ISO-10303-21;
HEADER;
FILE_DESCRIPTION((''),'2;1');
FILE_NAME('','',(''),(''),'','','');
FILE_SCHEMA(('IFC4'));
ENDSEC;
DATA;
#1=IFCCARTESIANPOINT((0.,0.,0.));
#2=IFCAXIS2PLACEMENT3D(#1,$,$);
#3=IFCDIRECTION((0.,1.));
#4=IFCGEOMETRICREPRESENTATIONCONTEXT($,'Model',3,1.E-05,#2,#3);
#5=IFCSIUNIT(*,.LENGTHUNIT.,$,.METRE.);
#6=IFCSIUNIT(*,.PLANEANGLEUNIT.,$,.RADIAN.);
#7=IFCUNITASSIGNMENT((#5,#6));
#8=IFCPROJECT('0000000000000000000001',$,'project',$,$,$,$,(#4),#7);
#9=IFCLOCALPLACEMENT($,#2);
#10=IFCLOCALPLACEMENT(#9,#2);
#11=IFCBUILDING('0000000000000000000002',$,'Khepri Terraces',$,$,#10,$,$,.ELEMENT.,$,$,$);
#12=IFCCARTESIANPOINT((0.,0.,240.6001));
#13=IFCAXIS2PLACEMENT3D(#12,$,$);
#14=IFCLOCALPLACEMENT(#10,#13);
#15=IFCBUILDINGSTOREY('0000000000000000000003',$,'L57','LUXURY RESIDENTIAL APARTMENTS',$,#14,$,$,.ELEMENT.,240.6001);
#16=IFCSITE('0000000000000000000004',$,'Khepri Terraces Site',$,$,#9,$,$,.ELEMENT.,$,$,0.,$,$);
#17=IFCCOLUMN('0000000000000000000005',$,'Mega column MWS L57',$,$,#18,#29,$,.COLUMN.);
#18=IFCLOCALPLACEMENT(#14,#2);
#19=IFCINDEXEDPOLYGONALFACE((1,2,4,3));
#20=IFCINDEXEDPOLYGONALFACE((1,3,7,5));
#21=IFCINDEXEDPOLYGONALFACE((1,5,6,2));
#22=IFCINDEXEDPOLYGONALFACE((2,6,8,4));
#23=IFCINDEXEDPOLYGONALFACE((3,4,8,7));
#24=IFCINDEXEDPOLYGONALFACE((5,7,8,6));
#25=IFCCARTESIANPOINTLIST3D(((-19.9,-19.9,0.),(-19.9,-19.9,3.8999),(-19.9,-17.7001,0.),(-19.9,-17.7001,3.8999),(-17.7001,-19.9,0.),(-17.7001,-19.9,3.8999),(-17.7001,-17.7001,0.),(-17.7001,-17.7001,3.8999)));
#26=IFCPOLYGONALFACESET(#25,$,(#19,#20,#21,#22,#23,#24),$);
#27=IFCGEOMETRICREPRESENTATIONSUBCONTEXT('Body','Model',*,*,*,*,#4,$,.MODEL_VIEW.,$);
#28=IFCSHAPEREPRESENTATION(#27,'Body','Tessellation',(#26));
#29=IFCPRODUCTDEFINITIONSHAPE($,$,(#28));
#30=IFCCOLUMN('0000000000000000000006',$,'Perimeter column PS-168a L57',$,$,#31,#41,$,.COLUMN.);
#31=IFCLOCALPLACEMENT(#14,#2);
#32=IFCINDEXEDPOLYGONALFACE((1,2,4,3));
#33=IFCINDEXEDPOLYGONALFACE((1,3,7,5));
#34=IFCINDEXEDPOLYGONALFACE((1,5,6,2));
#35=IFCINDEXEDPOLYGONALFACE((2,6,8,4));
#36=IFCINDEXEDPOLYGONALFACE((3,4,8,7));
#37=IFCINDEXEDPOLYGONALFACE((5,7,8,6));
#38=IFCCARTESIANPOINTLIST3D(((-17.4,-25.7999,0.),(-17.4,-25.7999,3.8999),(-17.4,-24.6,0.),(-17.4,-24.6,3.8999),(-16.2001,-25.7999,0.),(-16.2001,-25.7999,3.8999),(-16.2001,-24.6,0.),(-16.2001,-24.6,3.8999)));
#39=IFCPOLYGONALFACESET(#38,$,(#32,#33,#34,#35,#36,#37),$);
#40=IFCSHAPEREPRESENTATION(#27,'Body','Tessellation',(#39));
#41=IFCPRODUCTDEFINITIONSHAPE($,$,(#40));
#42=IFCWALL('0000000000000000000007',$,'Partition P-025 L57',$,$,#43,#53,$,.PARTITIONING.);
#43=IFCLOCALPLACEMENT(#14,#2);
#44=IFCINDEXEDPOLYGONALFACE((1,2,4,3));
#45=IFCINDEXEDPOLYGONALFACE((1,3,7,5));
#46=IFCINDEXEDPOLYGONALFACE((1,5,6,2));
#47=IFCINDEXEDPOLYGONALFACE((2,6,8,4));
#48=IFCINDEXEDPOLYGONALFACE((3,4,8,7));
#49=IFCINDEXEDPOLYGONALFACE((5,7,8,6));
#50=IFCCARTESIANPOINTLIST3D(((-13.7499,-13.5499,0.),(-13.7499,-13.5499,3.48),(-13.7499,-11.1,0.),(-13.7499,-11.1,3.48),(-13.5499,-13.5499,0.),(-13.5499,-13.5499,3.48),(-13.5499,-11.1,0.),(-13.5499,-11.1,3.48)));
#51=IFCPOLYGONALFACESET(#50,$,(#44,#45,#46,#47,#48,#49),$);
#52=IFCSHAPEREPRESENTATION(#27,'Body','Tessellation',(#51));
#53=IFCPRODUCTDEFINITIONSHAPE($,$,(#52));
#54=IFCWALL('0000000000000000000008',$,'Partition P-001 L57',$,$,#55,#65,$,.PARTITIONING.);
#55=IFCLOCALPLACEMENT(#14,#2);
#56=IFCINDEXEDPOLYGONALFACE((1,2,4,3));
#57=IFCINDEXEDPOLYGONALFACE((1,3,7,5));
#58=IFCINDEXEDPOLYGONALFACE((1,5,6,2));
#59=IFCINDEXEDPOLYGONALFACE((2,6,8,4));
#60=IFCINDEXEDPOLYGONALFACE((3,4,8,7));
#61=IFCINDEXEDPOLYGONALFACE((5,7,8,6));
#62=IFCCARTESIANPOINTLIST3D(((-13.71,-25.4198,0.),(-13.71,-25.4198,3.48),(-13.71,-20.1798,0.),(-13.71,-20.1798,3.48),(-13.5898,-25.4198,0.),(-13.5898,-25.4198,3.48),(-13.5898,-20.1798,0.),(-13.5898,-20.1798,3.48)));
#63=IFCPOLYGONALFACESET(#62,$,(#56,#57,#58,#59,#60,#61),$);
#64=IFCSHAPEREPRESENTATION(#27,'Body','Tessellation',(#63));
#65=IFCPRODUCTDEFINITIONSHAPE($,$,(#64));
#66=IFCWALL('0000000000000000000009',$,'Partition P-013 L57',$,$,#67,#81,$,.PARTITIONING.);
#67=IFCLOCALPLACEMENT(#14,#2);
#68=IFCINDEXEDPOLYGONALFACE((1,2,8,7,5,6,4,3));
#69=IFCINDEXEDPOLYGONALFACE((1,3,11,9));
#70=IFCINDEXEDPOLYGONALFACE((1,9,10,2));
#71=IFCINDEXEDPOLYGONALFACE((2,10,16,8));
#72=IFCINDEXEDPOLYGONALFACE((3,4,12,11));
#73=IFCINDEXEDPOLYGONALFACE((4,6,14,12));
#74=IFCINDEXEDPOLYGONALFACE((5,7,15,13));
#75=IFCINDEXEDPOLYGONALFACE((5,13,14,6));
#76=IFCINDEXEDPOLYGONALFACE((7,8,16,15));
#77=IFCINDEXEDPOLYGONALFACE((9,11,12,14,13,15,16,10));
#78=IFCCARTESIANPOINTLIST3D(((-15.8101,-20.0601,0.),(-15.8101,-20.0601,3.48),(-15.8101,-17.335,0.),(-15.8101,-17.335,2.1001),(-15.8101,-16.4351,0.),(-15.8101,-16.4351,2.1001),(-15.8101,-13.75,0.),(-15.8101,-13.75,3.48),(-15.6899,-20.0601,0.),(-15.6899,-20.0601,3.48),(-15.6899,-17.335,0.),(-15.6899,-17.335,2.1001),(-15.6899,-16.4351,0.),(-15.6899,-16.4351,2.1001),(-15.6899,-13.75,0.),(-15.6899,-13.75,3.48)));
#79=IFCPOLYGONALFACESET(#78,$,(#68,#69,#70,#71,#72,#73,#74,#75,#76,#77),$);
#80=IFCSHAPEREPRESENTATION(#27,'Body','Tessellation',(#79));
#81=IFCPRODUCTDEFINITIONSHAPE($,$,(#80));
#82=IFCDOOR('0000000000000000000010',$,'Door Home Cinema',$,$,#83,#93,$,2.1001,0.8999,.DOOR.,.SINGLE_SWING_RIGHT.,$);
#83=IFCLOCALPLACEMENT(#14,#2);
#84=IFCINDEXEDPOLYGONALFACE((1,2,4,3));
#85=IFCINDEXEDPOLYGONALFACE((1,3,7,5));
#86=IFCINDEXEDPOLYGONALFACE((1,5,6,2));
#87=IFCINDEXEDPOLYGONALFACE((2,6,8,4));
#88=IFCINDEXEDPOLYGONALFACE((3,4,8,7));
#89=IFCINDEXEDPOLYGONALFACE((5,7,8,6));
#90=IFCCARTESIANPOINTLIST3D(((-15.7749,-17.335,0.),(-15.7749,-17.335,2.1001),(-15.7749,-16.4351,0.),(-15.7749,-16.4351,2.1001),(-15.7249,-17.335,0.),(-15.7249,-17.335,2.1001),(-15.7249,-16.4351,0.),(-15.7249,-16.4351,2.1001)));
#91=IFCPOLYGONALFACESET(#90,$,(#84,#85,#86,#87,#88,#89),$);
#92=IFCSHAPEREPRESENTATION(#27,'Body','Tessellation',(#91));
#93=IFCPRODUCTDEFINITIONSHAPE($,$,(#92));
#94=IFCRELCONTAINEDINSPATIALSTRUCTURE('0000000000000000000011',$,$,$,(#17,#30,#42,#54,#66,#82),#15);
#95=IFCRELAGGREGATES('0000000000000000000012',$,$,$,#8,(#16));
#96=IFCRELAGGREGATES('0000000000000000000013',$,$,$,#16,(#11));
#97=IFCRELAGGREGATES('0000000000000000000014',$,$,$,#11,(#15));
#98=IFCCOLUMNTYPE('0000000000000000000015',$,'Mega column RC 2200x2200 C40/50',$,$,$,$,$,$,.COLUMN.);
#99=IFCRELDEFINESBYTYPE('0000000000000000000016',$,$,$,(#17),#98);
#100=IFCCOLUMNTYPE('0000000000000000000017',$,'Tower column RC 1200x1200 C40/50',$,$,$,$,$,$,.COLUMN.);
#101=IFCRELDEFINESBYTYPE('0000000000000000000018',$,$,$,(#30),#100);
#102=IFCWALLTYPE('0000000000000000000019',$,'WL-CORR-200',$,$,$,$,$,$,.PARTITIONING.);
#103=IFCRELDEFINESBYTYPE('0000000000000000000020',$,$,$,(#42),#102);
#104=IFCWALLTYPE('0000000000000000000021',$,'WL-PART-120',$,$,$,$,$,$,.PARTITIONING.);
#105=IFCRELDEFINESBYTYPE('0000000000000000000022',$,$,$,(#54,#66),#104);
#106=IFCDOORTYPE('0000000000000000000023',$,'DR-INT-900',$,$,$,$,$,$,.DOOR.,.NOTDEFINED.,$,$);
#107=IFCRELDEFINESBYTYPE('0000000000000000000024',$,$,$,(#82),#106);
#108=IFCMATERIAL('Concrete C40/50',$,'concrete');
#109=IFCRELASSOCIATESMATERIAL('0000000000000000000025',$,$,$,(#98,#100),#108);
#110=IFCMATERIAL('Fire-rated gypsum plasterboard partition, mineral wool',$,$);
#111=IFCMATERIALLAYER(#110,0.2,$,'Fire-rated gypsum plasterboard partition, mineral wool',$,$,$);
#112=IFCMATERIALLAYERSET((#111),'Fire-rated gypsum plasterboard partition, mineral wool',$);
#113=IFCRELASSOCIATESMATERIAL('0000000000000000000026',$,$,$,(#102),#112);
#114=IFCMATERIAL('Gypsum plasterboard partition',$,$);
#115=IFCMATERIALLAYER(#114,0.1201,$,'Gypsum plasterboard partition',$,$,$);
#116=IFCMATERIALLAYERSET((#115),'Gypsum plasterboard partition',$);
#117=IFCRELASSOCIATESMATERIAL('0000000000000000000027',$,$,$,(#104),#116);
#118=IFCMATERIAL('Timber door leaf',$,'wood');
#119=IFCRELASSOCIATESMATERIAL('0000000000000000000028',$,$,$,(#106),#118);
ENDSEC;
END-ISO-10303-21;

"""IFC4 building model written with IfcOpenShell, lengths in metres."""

from ifc_helpers import new_model, si_unit, direction, frame, frame_2d, origin, origin_2d, place, context, subcontext, project, spatial, rectangle, extrude, material, layer, layer_set, material_profile, profile_set, type_object, element, fill, save


model = new_model("IFC4")

# Units and contexts
model_context = context("Model", 3, precision=1e-05, world=origin(), true_north=direction((0.0, 1.0)))
body_context = subcontext(model_context, "Body", "Model", "MODEL_VIEW")
ifc_project = project(units=[si_unit("LENGTHUNIT", "METRE"), si_unit("PLANEANGLEUNIT", "RADIAN")], contexts=[model_context])

# Site, building, storey
site_placement = place(None, origin())
site = spatial("IfcSite", under=ifc_project, at=site_placement, Name="Khepri Terraces Site", CompositionType="ELEMENT", RefElevation=0.0)
building_placement = place(site_placement, origin())
building = spatial("IfcBuilding", under=site, at=building_placement, Name="Khepri Terraces", CompositionType="ELEMENT")
storey_placement = place(building_placement, frame((0.0, 0.0, 240.6001)))
storey = spatial("IfcBuildingStorey", under=building, at=storey_placement, Name="L57", Description="LUXURY RESIDENTIAL APARTMENTS", CompositionType="ELEMENT", Elevation=240.6001)

# Columns
ifc_material_1 = material(Name="Concrete C40/50", Category="concrete")
ifc_material_profile_1 = material_profile(ifc_material_1, rectangle(XDim=2.2, YDim=2.2, at=origin_2d()), Name="Concrete C40/50", Category="concrete")
ifc_profile_set_1 = profile_set([ifc_material_profile_1], Name="Concrete C40/50")
column_type_1 = type_object("IfcColumnType", Name="Mega column RC 2200x2200 C40/50", PredefinedType="COLUMN", material=ifc_profile_set_1)
column_1_placement = place(storey_placement, frame((-18.8, -18.8, 0.0), z_axis=(0.0, 0.0, 1.0), x_axis=(1.0, 0.0, 0.0)))
element("IfcColumn", 1, at=column_1_placement, inside=storey, type_object=column_type_1, Name="Mega column MWS L57", PredefinedType="COLUMN", context=body_context, shape_type="SweptSolid", body=[
    extrude(rectangle(XDim=2.2, YDim=2.2, at=origin_2d()), origin(), (0.0, 0.0, 1.0), 3.8999),
])
ifc_material_profile_2 = material_profile(ifc_material_1, rectangle(XDim=1.2, YDim=1.2, at=origin_2d()), Name="Concrete C40/50", Category="concrete")
ifc_profile_set_2 = profile_set([ifc_material_profile_2], Name="Concrete C40/50")
column_type_2 = type_object("IfcColumnType", Name="Tower column RC 1200x1200 C40/50", PredefinedType="COLUMN", material=ifc_profile_set_2)
column_2_placement = place(storey_placement, frame((-16.8, -25.2, 0.0), z_axis=(0.0, 0.0, 1.0), x_axis=(1.0, 0.0, 0.0)))
element("IfcColumn", 2, at=column_2_placement, inside=storey, type_object=column_type_2, Name="Perimeter column PS-168a L57", PredefinedType="COLUMN", context=body_context, shape_type="SweptSolid", body=[
    extrude(rectangle(XDim=1.2, YDim=1.2, at=origin_2d()), origin(), (0.0, 0.0, 1.0), 3.8999),
])

# Wall
ifc_material_2 = material(Name="Fire-rated gypsum plasterboard partition, mineral wool")
ifc_layer_1 = layer(ifc_material_2, 0.2, Name="Fire-rated gypsum plasterboard partition, mineral wool")
ifc_layer_set_1 = layer_set([ifc_layer_1], Name="Fire-rated gypsum plasterboard partition, mineral wool")
wall_type_1 = type_object("IfcWallType", Name="WL-CORR-200", PredefinedType="PARTITIONING", material=ifc_layer_set_1)
wall_1_placement = place(storey_placement, frame((-13.6499, -13.55, 0.0), z_axis=(0.0, 0.0, 1.0), x_axis=(0.0, 1.0, 0.0)))
element("IfcWall", 3, at=wall_1_placement, inside=storey, type_object=wall_type_1, Name="Partition P-025 L57", PredefinedType="PARTITIONING", context=body_context, shape_type="SweptSolid", body=[
    extrude(rectangle(XDim=2.45, YDim=0.2, at=frame_2d((1.2251, 0.0))), origin(), (0.0, 0.0, 1.0), 3.48),
])

# Wall
ifc_material_3 = material(Name="Gypsum plasterboard partition")
ifc_layer_2 = layer(ifc_material_3, 0.1201, Name="Gypsum plasterboard partition")
ifc_layer_set_2 = layer_set([ifc_layer_2], Name="Gypsum plasterboard partition")
wall_type_2 = type_object("IfcWallType", Name="WL-PART-120", PredefinedType="PARTITIONING", material=ifc_layer_set_2)
wall_2_placement = place(storey_placement, frame((-13.6499, -25.4199, 0.0), z_axis=(0.0, 0.0, 1.0), x_axis=(0.0, 1.0, 0.0)))
element("IfcWall", 4, at=wall_2_placement, inside=storey, type_object=wall_type_2, Name="Partition P-001 L57", PredefinedType="PARTITIONING", context=body_context, shape_type="SweptSolid", body=[
    extrude(rectangle(XDim=5.24, YDim=0.1201, at=frame_2d((2.6201, 0.0))), origin(), (0.0, 0.0, 1.0), 3.48),
])

# Wall, opening, door
wall_3_placement = place(storey_placement, frame((-15.75, -20.0601, 0.0), z_axis=(0.0, 0.0, 1.0), x_axis=(0.0, 1.0, 0.0)))
wall_3 = element("IfcWall", 5, at=wall_3_placement, inside=storey, type_object=wall_type_2, Name="Partition P-013 L57", PredefinedType="PARTITIONING", context=body_context, shape_type="SweptSolid", body=[
    extrude(rectangle(XDim=6.3101, YDim=0.1201, at=frame_2d((3.155, 0.0))), origin(), (0.0, 0.0, 1.0), 3.48),
])
opening_1_placement = place(wall_3_placement, frame((2.7251, 0.0, 0.0)))
opening_1 = element("IfcOpeningElement", 6, at=opening_1_placement, cuts=wall_3, PredefinedType="OPENING", context=body_context, shape_type="SweptSolid", body=[
    extrude(rectangle(XDim=0.8999, YDim=2.1001, at=frame_2d((0.45, 1.05))), frame((0.0, 0.0701, 0.0), z_axis=(0.0, -1.0, 0.0), x_axis=(1.0, 0.0, 0.0)), (0.0, 0.0, 1.0), 0.1401),
])
ifc_material_4 = material(Name="Timber door leaf", Category="wood")
door_type_1 = type_object("IfcDoorType", Name="DR-INT-900", OperationType="NOTDEFINED", PredefinedType="DOOR", material=ifc_material_4)
door_1_placement = place(opening_1_placement, origin())
door_1 = element("IfcDoor", 7, at=door_1_placement, inside=storey, type_object=door_type_1, Name="Door Home Cinema", OperationType="SINGLE_SWING_RIGHT", OverallHeight=2.1001, OverallWidth=0.8999, PredefinedType="DOOR", context=body_context, shape_type="SweptSolid", body=[
    extrude(rectangle(XDim=0.8999, YDim=2.1001, at=frame_2d((0.45, 1.05))), frame((0.0, 0.0249, 0.0), z_axis=(0.0, -1.0, 0.0), x_axis=(1.0, 0.0, 0.0)), (0.0, 0.0, 1.0), 0.05),
])
fill(opening_1, door_1)

save(model, "model.ifc")
